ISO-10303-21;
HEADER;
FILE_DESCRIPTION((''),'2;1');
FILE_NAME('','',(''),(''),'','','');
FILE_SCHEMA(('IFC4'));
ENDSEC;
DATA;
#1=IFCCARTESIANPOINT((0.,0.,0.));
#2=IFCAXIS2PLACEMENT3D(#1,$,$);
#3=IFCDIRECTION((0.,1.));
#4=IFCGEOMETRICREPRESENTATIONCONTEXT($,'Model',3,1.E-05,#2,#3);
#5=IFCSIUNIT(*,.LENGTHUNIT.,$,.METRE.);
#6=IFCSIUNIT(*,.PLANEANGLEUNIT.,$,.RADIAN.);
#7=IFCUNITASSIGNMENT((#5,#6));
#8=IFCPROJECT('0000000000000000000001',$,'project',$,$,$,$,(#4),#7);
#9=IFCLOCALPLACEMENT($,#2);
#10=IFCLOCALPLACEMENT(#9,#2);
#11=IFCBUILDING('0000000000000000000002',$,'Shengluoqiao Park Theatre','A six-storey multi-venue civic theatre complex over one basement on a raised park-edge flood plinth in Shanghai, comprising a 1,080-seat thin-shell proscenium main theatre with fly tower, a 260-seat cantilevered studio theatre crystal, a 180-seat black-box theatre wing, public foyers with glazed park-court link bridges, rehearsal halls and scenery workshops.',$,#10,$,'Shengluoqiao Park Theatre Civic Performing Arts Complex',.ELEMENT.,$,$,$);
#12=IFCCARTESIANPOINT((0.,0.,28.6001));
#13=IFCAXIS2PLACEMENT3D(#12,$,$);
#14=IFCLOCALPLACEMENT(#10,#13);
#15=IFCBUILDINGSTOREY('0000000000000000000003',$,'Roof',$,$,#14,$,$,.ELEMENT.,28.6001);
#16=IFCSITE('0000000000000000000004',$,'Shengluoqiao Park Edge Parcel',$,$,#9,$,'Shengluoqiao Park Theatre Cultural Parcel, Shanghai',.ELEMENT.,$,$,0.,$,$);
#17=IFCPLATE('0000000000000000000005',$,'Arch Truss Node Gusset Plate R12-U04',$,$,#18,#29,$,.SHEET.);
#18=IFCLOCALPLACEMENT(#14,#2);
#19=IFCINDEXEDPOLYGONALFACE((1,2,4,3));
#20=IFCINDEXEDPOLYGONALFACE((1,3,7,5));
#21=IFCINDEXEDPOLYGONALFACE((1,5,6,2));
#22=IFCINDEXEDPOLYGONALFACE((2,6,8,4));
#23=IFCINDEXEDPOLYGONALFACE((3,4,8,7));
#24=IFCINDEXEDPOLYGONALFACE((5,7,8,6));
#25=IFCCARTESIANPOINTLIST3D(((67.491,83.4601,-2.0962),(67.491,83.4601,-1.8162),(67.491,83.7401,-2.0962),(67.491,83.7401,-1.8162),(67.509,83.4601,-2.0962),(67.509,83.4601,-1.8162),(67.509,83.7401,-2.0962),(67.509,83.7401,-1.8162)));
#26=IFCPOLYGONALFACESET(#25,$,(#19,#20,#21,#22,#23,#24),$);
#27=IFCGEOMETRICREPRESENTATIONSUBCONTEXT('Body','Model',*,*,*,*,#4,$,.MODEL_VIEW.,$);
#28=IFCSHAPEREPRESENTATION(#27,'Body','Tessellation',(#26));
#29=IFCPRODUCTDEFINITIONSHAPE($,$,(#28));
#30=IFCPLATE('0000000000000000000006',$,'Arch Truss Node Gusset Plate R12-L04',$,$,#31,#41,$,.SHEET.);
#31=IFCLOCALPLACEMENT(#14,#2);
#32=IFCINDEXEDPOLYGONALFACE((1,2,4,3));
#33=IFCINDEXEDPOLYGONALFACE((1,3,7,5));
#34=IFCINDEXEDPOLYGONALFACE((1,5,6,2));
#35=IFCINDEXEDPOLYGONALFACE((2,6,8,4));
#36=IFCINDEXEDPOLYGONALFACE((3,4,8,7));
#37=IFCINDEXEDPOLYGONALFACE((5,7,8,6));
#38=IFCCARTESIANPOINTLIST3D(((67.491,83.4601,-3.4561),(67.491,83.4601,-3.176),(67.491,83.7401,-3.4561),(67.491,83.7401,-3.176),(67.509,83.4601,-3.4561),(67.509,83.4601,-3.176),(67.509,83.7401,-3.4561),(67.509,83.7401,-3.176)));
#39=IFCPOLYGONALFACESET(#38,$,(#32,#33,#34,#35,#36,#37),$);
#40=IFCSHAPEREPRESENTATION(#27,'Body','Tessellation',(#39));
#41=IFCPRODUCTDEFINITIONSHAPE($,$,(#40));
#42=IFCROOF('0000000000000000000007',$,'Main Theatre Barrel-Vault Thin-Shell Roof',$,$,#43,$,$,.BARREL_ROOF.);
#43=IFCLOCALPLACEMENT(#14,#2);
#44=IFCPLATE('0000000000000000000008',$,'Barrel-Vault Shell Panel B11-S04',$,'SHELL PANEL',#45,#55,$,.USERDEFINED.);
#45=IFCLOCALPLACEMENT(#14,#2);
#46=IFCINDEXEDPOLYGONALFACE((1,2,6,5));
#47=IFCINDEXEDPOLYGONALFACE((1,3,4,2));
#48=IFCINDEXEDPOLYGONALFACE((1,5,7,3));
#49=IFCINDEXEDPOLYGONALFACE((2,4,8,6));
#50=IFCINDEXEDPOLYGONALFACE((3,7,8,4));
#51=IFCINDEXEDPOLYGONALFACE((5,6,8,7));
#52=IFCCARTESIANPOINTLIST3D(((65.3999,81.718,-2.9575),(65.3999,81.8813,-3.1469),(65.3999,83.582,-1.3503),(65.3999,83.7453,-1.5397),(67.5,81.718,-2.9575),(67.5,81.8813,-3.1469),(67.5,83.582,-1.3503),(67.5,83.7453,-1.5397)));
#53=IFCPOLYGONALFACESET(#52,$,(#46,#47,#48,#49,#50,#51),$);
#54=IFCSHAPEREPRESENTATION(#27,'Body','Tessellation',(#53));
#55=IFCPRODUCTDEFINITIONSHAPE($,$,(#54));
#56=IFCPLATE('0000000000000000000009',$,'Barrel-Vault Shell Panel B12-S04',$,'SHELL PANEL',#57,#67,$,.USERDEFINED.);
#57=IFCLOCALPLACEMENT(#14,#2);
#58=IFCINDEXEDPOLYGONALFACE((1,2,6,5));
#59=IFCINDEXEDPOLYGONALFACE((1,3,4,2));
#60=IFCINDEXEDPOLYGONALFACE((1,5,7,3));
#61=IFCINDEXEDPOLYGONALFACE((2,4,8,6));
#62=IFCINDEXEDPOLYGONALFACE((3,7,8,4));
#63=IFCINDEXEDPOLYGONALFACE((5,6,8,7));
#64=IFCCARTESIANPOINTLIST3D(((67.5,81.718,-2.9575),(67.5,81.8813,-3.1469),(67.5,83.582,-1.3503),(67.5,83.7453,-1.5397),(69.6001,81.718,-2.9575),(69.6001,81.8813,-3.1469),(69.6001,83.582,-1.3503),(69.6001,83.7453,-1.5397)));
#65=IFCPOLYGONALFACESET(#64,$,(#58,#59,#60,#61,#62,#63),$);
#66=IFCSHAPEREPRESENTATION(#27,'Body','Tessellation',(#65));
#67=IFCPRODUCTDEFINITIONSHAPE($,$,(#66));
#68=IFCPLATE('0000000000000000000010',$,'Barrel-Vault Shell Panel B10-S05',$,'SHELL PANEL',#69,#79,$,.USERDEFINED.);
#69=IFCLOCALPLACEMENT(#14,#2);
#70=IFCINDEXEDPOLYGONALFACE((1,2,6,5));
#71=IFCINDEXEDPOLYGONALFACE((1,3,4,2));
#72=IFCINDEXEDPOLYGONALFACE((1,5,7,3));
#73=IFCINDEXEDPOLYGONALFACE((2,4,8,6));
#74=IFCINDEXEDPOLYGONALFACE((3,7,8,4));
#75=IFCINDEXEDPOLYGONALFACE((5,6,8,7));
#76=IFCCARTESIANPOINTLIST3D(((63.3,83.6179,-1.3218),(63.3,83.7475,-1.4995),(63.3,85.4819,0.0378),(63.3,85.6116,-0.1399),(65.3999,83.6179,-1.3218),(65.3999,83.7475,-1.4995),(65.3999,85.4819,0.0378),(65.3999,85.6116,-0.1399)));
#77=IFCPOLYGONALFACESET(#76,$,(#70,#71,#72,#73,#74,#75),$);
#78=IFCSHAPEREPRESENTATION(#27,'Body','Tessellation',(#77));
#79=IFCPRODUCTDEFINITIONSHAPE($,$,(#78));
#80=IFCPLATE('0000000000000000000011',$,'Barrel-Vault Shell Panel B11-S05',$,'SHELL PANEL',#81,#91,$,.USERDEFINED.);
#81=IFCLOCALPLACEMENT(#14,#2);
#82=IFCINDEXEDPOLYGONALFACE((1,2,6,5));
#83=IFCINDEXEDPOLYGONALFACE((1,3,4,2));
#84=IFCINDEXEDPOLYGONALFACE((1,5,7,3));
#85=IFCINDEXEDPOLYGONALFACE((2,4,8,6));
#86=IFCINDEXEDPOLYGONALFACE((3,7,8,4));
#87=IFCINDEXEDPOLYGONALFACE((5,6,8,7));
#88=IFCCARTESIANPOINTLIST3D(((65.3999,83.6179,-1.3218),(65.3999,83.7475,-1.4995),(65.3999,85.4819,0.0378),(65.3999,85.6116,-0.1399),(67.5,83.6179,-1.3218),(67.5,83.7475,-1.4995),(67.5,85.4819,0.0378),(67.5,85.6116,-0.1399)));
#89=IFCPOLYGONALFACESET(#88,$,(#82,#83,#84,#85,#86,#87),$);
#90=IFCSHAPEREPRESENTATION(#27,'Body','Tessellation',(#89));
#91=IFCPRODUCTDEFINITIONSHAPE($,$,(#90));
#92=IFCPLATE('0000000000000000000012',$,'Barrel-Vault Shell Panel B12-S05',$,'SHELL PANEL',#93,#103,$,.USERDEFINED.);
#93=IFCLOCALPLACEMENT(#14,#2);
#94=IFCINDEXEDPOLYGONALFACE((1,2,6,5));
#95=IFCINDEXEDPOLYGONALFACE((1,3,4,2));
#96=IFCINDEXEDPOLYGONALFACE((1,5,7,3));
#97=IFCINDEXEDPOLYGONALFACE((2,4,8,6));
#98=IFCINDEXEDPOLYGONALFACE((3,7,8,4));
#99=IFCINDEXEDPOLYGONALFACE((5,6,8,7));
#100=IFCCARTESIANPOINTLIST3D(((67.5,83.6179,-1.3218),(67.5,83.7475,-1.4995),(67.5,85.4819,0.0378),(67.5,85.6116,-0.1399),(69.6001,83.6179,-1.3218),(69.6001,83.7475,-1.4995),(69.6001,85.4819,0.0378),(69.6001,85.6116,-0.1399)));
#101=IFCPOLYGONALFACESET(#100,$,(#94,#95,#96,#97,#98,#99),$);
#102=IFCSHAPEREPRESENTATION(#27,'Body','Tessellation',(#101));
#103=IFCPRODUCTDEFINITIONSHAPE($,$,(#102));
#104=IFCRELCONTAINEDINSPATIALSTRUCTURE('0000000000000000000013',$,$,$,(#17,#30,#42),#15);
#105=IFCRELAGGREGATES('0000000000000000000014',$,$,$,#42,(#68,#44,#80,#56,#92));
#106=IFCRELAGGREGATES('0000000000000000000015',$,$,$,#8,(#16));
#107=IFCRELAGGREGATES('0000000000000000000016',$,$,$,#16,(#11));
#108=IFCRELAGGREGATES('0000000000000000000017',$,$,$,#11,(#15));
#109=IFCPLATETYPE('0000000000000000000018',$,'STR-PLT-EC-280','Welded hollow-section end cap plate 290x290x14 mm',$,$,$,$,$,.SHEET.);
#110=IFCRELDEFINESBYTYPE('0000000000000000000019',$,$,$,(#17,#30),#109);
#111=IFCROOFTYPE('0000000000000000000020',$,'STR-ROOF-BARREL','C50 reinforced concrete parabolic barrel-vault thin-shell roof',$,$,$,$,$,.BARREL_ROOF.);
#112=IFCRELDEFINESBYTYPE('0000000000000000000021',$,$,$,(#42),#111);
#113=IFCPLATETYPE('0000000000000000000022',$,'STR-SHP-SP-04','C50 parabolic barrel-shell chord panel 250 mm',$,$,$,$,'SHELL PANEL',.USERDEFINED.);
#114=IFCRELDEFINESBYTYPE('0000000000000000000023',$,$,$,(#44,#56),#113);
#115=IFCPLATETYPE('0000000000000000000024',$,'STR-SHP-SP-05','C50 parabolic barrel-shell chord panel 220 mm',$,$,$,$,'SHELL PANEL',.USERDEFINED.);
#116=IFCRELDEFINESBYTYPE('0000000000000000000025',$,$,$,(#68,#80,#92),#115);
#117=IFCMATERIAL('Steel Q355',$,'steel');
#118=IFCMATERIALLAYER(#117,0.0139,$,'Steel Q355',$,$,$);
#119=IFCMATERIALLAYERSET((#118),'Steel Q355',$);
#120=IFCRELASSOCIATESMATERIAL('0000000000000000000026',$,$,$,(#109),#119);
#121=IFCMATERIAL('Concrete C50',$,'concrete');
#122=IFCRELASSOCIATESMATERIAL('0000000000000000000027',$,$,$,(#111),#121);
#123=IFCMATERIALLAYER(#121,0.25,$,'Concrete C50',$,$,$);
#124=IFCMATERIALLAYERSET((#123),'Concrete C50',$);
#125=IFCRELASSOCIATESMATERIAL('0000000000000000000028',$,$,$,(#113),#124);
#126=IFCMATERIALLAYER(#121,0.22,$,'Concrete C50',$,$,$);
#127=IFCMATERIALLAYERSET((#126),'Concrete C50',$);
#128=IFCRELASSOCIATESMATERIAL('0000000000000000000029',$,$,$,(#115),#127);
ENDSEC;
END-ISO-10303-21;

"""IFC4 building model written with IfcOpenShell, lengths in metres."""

from ifc_helpers import new_model, si_unit, direction, frame, origin, origin_2d, place, context, subcontext, project, spatial, polyline, rectangle, outline, extrude, material, layer, layer_set, type_object, element, aggregate, save


model = new_model("IFC4")

# Units and contexts
model_context = context("Model", 3, precision=1e-05, world=origin(), true_north=direction((0.0, 1.0)))
body_context = subcontext(model_context, "Body", "Model", "MODEL_VIEW")
ifc_project = project(units=[si_unit("LENGTHUNIT", "METRE"), si_unit("PLANEANGLEUNIT", "RADIAN")], contexts=[model_context])

# Site, building, storey
site_placement = place(None, origin())
site = spatial("IfcSite", under=ifc_project, at=site_placement, Name="Shengluoqiao Park Edge Parcel", LongName="Shengluoqiao Park Theatre Cultural Parcel, Shanghai", CompositionType="ELEMENT", RefElevation=0.0)
building_placement = place(site_placement, origin())
building = spatial("IfcBuilding", under=site, at=building_placement, Name="Shengluoqiao Park Theatre", Description="A six-storey multi-venue civic theatre complex over one basement on a raised park-edge flood plinth in Shanghai, comprising a 1,080-seat thin-shell proscenium main theatre with fly tower, a 260-seat cantilevered studio theatre crystal, a 180-seat black-box theatre wing, public foyers with glazed park-court link bridges, rehearsal halls and scenery workshops.", LongName="Shengluoqiao Park Theatre Civic Performing Arts Complex", CompositionType="ELEMENT")
storey_placement = place(building_placement, frame((0.0, 0.0, 28.6001)))
storey = spatial("IfcBuildingStorey", under=building, at=storey_placement, Name="Roof", CompositionType="ELEMENT", Elevation=28.6001)

# Shared definitions
ifc_material_1 = material(Name="Concrete C50", Category="concrete")
ifc_material_2 = material(Name="Steel Q355", Category="steel")

# Plates
ifc_layer_1 = layer(ifc_material_2, 0.0139, Name="Steel Q355")
ifc_layer_set_1 = layer_set([ifc_layer_1], Name="Steel Q355")
plate_type_1 = type_object("IfcPlateType", Name="STR-PLT-EC-280", Description="Welded hollow-section end cap plate 290x290x14 mm", PredefinedType="SHEET", material=ifc_layer_set_1)
for number, where, z_axis, x_axis, name in (
    (1, (67.5, 83.6001, -2.0962), (0.0, 0.0, 1.0), (1.0, 0.0, 0.0), "Arch Truss Node Gusset Plate R12-U04"),
    (2, (67.5, 83.6001, -3.4561), (0.0, 0.0, 1.0), (1.0, 0.0, 0.0), "Arch Truss Node Gusset Plate R12-L04"),
):
    element("IfcPlate", number, at=place(storey_placement, frame(where, z_axis=z_axis, x_axis=x_axis)), inside=storey, type_object=plate_type_1, Name=name, PredefinedType="SHEET", context=body_context, shape_type="SweptSolid", body=[
        extrude(rectangle(XDim=0.0181, YDim=0.28, at=origin_2d()), origin(), (0.0, 0.0, 1.0), 0.28),
    ])

# Roof, plates
roof_type = type_object("IfcRoofType", Name="STR-ROOF-BARREL", Description="C50 reinforced concrete parabolic barrel-vault thin-shell roof", PredefinedType="BARREL_ROOF", material=ifc_material_1)
roof_placement = place(storey_placement, origin())
roof = element("IfcRoof", 3, at=roof_placement, inside=storey, type_object=roof_type, Name="Main Theatre Barrel-Vault Thin-Shell Roof", PredefinedType="BARREL_ROOF")
ifc_layer_2 = layer(ifc_material_1, 0.25, Name="Concrete C50")
ifc_layer_set_2 = layer_set([ifc_layer_2], Name="Concrete C50")
plate_type_2 = type_object("IfcPlateType", Name="STR-SHP-SP-04", Description="C50 parabolic barrel-shell chord panel 250 mm", ElementType="SHELL PANEL", PredefinedType="USERDEFINED", material=ifc_layer_set_2)
plate_1_placement = place(storey_placement, frame((65.3999, 81.718, -2.9575), z_axis=(0.0, -0.653002, 0.757356), x_axis=(1.0, 0.0, 0.0)))
plate_1 = element("IfcPlate", 4, at=plate_1_placement, type_object=plate_type_2, Name="Barrel-Vault Shell Panel B11-S04", ObjectType="SHELL PANEL", PredefinedType="USERDEFINED", context=body_context, shape_type="SweptSolid", body=[
    extrude(outline(polyline([(0.0, 0.0), (2.1001, 0.0), (2.1001, 2.4612), (0.0, 2.4612), (0.0, 0.0)])), origin(), (0.0, 0.0, -1.0), 0.25),
])
plate_2_placement = place(storey_placement, frame((67.5, 81.718, -2.9575), z_axis=(0.0, -0.653002, 0.757356), x_axis=(1.0, 0.0, 0.0)))
plate_2 = element("IfcPlate", 5, at=plate_2_placement, type_object=plate_type_2, Name="Barrel-Vault Shell Panel B12-S04", ObjectType="SHELL PANEL", PredefinedType="USERDEFINED", context=body_context, shape_type="SweptSolid", body=[
    extrude(outline(polyline([(0.0, 0.0), (2.1001, 0.0), (2.1001, 2.4612), (0.0, 2.4612), (0.0, 0.0)])), origin(), (0.0, 0.0, -1.0), 0.25),
])
ifc_layer_3 = layer(ifc_material_1, 0.22, Name="Concrete C50")
ifc_layer_set_3 = layer_set([ifc_layer_3], Name="Concrete C50")
plate_type_3 = type_object("IfcPlateType", Name="STR-SHP-SP-05", Description="C50 parabolic barrel-shell chord panel 220 mm", ElementType="SHELL PANEL", PredefinedType="USERDEFINED", material=ifc_layer_set_3)
plate_3_placement = place(storey_placement, frame((63.3, 83.6179, -1.3218), z_axis=(0.0, -0.589297, 0.807916), x_axis=(1.0, 0.0, 0.0)))
plate_3 = element("IfcPlate", 6, at=plate_3_placement, type_object=plate_type_3, Name="Barrel-Vault Shell Panel B10-S05", ObjectType="SHELL PANEL", PredefinedType="USERDEFINED", context=body_context, shape_type="SweptSolid", body=[
    extrude(outline(polyline([(0.0, 0.0), (2.0999, 0.0), (2.0999, 2.3072), (0.0, 2.3072), (0.0, 0.0)])), origin(), (0.0, 0.0, -1.0), 0.22),
])
plate_4_placement = place(storey_placement, frame((65.3999, 83.6179, -1.3218), z_axis=(0.0, -0.589297, 0.807916), x_axis=(1.0, 0.0, 0.0)))
plate_4 = element("IfcPlate", 7, at=plate_4_placement, type_object=plate_type_3, Name="Barrel-Vault Shell Panel B11-S05", ObjectType="SHELL PANEL", PredefinedType="USERDEFINED", context=body_context, shape_type="SweptSolid", body=[
    extrude(outline(polyline([(0.0, 0.0), (2.1001, 0.0), (2.1001, 2.3072), (0.0, 2.3072), (0.0, 0.0)])), origin(), (0.0, 0.0, -1.0), 0.22),
])
plate_5_placement = place(storey_placement, frame((67.5, 83.6179, -1.3218), z_axis=(0.0, -0.589297, 0.807916), x_axis=(1.0, 0.0, 0.0)))
plate_5 = element("IfcPlate", 8, at=plate_5_placement, type_object=plate_type_3, Name="Barrel-Vault Shell Panel B12-S05", ObjectType="SHELL PANEL", PredefinedType="USERDEFINED", context=body_context, shape_type="SweptSolid", body=[
    extrude(outline(polyline([(0.0, 0.0), (2.1001, 0.0), (2.1001, 2.3072), (0.0, 2.3072), (0.0, 0.0)])), origin(), (0.0, 0.0, -1.0), 0.22),
])
aggregate(roof, [plate_3, plate_1, plate_4, plate_2, plate_5])

save(model, "model.ifc")
